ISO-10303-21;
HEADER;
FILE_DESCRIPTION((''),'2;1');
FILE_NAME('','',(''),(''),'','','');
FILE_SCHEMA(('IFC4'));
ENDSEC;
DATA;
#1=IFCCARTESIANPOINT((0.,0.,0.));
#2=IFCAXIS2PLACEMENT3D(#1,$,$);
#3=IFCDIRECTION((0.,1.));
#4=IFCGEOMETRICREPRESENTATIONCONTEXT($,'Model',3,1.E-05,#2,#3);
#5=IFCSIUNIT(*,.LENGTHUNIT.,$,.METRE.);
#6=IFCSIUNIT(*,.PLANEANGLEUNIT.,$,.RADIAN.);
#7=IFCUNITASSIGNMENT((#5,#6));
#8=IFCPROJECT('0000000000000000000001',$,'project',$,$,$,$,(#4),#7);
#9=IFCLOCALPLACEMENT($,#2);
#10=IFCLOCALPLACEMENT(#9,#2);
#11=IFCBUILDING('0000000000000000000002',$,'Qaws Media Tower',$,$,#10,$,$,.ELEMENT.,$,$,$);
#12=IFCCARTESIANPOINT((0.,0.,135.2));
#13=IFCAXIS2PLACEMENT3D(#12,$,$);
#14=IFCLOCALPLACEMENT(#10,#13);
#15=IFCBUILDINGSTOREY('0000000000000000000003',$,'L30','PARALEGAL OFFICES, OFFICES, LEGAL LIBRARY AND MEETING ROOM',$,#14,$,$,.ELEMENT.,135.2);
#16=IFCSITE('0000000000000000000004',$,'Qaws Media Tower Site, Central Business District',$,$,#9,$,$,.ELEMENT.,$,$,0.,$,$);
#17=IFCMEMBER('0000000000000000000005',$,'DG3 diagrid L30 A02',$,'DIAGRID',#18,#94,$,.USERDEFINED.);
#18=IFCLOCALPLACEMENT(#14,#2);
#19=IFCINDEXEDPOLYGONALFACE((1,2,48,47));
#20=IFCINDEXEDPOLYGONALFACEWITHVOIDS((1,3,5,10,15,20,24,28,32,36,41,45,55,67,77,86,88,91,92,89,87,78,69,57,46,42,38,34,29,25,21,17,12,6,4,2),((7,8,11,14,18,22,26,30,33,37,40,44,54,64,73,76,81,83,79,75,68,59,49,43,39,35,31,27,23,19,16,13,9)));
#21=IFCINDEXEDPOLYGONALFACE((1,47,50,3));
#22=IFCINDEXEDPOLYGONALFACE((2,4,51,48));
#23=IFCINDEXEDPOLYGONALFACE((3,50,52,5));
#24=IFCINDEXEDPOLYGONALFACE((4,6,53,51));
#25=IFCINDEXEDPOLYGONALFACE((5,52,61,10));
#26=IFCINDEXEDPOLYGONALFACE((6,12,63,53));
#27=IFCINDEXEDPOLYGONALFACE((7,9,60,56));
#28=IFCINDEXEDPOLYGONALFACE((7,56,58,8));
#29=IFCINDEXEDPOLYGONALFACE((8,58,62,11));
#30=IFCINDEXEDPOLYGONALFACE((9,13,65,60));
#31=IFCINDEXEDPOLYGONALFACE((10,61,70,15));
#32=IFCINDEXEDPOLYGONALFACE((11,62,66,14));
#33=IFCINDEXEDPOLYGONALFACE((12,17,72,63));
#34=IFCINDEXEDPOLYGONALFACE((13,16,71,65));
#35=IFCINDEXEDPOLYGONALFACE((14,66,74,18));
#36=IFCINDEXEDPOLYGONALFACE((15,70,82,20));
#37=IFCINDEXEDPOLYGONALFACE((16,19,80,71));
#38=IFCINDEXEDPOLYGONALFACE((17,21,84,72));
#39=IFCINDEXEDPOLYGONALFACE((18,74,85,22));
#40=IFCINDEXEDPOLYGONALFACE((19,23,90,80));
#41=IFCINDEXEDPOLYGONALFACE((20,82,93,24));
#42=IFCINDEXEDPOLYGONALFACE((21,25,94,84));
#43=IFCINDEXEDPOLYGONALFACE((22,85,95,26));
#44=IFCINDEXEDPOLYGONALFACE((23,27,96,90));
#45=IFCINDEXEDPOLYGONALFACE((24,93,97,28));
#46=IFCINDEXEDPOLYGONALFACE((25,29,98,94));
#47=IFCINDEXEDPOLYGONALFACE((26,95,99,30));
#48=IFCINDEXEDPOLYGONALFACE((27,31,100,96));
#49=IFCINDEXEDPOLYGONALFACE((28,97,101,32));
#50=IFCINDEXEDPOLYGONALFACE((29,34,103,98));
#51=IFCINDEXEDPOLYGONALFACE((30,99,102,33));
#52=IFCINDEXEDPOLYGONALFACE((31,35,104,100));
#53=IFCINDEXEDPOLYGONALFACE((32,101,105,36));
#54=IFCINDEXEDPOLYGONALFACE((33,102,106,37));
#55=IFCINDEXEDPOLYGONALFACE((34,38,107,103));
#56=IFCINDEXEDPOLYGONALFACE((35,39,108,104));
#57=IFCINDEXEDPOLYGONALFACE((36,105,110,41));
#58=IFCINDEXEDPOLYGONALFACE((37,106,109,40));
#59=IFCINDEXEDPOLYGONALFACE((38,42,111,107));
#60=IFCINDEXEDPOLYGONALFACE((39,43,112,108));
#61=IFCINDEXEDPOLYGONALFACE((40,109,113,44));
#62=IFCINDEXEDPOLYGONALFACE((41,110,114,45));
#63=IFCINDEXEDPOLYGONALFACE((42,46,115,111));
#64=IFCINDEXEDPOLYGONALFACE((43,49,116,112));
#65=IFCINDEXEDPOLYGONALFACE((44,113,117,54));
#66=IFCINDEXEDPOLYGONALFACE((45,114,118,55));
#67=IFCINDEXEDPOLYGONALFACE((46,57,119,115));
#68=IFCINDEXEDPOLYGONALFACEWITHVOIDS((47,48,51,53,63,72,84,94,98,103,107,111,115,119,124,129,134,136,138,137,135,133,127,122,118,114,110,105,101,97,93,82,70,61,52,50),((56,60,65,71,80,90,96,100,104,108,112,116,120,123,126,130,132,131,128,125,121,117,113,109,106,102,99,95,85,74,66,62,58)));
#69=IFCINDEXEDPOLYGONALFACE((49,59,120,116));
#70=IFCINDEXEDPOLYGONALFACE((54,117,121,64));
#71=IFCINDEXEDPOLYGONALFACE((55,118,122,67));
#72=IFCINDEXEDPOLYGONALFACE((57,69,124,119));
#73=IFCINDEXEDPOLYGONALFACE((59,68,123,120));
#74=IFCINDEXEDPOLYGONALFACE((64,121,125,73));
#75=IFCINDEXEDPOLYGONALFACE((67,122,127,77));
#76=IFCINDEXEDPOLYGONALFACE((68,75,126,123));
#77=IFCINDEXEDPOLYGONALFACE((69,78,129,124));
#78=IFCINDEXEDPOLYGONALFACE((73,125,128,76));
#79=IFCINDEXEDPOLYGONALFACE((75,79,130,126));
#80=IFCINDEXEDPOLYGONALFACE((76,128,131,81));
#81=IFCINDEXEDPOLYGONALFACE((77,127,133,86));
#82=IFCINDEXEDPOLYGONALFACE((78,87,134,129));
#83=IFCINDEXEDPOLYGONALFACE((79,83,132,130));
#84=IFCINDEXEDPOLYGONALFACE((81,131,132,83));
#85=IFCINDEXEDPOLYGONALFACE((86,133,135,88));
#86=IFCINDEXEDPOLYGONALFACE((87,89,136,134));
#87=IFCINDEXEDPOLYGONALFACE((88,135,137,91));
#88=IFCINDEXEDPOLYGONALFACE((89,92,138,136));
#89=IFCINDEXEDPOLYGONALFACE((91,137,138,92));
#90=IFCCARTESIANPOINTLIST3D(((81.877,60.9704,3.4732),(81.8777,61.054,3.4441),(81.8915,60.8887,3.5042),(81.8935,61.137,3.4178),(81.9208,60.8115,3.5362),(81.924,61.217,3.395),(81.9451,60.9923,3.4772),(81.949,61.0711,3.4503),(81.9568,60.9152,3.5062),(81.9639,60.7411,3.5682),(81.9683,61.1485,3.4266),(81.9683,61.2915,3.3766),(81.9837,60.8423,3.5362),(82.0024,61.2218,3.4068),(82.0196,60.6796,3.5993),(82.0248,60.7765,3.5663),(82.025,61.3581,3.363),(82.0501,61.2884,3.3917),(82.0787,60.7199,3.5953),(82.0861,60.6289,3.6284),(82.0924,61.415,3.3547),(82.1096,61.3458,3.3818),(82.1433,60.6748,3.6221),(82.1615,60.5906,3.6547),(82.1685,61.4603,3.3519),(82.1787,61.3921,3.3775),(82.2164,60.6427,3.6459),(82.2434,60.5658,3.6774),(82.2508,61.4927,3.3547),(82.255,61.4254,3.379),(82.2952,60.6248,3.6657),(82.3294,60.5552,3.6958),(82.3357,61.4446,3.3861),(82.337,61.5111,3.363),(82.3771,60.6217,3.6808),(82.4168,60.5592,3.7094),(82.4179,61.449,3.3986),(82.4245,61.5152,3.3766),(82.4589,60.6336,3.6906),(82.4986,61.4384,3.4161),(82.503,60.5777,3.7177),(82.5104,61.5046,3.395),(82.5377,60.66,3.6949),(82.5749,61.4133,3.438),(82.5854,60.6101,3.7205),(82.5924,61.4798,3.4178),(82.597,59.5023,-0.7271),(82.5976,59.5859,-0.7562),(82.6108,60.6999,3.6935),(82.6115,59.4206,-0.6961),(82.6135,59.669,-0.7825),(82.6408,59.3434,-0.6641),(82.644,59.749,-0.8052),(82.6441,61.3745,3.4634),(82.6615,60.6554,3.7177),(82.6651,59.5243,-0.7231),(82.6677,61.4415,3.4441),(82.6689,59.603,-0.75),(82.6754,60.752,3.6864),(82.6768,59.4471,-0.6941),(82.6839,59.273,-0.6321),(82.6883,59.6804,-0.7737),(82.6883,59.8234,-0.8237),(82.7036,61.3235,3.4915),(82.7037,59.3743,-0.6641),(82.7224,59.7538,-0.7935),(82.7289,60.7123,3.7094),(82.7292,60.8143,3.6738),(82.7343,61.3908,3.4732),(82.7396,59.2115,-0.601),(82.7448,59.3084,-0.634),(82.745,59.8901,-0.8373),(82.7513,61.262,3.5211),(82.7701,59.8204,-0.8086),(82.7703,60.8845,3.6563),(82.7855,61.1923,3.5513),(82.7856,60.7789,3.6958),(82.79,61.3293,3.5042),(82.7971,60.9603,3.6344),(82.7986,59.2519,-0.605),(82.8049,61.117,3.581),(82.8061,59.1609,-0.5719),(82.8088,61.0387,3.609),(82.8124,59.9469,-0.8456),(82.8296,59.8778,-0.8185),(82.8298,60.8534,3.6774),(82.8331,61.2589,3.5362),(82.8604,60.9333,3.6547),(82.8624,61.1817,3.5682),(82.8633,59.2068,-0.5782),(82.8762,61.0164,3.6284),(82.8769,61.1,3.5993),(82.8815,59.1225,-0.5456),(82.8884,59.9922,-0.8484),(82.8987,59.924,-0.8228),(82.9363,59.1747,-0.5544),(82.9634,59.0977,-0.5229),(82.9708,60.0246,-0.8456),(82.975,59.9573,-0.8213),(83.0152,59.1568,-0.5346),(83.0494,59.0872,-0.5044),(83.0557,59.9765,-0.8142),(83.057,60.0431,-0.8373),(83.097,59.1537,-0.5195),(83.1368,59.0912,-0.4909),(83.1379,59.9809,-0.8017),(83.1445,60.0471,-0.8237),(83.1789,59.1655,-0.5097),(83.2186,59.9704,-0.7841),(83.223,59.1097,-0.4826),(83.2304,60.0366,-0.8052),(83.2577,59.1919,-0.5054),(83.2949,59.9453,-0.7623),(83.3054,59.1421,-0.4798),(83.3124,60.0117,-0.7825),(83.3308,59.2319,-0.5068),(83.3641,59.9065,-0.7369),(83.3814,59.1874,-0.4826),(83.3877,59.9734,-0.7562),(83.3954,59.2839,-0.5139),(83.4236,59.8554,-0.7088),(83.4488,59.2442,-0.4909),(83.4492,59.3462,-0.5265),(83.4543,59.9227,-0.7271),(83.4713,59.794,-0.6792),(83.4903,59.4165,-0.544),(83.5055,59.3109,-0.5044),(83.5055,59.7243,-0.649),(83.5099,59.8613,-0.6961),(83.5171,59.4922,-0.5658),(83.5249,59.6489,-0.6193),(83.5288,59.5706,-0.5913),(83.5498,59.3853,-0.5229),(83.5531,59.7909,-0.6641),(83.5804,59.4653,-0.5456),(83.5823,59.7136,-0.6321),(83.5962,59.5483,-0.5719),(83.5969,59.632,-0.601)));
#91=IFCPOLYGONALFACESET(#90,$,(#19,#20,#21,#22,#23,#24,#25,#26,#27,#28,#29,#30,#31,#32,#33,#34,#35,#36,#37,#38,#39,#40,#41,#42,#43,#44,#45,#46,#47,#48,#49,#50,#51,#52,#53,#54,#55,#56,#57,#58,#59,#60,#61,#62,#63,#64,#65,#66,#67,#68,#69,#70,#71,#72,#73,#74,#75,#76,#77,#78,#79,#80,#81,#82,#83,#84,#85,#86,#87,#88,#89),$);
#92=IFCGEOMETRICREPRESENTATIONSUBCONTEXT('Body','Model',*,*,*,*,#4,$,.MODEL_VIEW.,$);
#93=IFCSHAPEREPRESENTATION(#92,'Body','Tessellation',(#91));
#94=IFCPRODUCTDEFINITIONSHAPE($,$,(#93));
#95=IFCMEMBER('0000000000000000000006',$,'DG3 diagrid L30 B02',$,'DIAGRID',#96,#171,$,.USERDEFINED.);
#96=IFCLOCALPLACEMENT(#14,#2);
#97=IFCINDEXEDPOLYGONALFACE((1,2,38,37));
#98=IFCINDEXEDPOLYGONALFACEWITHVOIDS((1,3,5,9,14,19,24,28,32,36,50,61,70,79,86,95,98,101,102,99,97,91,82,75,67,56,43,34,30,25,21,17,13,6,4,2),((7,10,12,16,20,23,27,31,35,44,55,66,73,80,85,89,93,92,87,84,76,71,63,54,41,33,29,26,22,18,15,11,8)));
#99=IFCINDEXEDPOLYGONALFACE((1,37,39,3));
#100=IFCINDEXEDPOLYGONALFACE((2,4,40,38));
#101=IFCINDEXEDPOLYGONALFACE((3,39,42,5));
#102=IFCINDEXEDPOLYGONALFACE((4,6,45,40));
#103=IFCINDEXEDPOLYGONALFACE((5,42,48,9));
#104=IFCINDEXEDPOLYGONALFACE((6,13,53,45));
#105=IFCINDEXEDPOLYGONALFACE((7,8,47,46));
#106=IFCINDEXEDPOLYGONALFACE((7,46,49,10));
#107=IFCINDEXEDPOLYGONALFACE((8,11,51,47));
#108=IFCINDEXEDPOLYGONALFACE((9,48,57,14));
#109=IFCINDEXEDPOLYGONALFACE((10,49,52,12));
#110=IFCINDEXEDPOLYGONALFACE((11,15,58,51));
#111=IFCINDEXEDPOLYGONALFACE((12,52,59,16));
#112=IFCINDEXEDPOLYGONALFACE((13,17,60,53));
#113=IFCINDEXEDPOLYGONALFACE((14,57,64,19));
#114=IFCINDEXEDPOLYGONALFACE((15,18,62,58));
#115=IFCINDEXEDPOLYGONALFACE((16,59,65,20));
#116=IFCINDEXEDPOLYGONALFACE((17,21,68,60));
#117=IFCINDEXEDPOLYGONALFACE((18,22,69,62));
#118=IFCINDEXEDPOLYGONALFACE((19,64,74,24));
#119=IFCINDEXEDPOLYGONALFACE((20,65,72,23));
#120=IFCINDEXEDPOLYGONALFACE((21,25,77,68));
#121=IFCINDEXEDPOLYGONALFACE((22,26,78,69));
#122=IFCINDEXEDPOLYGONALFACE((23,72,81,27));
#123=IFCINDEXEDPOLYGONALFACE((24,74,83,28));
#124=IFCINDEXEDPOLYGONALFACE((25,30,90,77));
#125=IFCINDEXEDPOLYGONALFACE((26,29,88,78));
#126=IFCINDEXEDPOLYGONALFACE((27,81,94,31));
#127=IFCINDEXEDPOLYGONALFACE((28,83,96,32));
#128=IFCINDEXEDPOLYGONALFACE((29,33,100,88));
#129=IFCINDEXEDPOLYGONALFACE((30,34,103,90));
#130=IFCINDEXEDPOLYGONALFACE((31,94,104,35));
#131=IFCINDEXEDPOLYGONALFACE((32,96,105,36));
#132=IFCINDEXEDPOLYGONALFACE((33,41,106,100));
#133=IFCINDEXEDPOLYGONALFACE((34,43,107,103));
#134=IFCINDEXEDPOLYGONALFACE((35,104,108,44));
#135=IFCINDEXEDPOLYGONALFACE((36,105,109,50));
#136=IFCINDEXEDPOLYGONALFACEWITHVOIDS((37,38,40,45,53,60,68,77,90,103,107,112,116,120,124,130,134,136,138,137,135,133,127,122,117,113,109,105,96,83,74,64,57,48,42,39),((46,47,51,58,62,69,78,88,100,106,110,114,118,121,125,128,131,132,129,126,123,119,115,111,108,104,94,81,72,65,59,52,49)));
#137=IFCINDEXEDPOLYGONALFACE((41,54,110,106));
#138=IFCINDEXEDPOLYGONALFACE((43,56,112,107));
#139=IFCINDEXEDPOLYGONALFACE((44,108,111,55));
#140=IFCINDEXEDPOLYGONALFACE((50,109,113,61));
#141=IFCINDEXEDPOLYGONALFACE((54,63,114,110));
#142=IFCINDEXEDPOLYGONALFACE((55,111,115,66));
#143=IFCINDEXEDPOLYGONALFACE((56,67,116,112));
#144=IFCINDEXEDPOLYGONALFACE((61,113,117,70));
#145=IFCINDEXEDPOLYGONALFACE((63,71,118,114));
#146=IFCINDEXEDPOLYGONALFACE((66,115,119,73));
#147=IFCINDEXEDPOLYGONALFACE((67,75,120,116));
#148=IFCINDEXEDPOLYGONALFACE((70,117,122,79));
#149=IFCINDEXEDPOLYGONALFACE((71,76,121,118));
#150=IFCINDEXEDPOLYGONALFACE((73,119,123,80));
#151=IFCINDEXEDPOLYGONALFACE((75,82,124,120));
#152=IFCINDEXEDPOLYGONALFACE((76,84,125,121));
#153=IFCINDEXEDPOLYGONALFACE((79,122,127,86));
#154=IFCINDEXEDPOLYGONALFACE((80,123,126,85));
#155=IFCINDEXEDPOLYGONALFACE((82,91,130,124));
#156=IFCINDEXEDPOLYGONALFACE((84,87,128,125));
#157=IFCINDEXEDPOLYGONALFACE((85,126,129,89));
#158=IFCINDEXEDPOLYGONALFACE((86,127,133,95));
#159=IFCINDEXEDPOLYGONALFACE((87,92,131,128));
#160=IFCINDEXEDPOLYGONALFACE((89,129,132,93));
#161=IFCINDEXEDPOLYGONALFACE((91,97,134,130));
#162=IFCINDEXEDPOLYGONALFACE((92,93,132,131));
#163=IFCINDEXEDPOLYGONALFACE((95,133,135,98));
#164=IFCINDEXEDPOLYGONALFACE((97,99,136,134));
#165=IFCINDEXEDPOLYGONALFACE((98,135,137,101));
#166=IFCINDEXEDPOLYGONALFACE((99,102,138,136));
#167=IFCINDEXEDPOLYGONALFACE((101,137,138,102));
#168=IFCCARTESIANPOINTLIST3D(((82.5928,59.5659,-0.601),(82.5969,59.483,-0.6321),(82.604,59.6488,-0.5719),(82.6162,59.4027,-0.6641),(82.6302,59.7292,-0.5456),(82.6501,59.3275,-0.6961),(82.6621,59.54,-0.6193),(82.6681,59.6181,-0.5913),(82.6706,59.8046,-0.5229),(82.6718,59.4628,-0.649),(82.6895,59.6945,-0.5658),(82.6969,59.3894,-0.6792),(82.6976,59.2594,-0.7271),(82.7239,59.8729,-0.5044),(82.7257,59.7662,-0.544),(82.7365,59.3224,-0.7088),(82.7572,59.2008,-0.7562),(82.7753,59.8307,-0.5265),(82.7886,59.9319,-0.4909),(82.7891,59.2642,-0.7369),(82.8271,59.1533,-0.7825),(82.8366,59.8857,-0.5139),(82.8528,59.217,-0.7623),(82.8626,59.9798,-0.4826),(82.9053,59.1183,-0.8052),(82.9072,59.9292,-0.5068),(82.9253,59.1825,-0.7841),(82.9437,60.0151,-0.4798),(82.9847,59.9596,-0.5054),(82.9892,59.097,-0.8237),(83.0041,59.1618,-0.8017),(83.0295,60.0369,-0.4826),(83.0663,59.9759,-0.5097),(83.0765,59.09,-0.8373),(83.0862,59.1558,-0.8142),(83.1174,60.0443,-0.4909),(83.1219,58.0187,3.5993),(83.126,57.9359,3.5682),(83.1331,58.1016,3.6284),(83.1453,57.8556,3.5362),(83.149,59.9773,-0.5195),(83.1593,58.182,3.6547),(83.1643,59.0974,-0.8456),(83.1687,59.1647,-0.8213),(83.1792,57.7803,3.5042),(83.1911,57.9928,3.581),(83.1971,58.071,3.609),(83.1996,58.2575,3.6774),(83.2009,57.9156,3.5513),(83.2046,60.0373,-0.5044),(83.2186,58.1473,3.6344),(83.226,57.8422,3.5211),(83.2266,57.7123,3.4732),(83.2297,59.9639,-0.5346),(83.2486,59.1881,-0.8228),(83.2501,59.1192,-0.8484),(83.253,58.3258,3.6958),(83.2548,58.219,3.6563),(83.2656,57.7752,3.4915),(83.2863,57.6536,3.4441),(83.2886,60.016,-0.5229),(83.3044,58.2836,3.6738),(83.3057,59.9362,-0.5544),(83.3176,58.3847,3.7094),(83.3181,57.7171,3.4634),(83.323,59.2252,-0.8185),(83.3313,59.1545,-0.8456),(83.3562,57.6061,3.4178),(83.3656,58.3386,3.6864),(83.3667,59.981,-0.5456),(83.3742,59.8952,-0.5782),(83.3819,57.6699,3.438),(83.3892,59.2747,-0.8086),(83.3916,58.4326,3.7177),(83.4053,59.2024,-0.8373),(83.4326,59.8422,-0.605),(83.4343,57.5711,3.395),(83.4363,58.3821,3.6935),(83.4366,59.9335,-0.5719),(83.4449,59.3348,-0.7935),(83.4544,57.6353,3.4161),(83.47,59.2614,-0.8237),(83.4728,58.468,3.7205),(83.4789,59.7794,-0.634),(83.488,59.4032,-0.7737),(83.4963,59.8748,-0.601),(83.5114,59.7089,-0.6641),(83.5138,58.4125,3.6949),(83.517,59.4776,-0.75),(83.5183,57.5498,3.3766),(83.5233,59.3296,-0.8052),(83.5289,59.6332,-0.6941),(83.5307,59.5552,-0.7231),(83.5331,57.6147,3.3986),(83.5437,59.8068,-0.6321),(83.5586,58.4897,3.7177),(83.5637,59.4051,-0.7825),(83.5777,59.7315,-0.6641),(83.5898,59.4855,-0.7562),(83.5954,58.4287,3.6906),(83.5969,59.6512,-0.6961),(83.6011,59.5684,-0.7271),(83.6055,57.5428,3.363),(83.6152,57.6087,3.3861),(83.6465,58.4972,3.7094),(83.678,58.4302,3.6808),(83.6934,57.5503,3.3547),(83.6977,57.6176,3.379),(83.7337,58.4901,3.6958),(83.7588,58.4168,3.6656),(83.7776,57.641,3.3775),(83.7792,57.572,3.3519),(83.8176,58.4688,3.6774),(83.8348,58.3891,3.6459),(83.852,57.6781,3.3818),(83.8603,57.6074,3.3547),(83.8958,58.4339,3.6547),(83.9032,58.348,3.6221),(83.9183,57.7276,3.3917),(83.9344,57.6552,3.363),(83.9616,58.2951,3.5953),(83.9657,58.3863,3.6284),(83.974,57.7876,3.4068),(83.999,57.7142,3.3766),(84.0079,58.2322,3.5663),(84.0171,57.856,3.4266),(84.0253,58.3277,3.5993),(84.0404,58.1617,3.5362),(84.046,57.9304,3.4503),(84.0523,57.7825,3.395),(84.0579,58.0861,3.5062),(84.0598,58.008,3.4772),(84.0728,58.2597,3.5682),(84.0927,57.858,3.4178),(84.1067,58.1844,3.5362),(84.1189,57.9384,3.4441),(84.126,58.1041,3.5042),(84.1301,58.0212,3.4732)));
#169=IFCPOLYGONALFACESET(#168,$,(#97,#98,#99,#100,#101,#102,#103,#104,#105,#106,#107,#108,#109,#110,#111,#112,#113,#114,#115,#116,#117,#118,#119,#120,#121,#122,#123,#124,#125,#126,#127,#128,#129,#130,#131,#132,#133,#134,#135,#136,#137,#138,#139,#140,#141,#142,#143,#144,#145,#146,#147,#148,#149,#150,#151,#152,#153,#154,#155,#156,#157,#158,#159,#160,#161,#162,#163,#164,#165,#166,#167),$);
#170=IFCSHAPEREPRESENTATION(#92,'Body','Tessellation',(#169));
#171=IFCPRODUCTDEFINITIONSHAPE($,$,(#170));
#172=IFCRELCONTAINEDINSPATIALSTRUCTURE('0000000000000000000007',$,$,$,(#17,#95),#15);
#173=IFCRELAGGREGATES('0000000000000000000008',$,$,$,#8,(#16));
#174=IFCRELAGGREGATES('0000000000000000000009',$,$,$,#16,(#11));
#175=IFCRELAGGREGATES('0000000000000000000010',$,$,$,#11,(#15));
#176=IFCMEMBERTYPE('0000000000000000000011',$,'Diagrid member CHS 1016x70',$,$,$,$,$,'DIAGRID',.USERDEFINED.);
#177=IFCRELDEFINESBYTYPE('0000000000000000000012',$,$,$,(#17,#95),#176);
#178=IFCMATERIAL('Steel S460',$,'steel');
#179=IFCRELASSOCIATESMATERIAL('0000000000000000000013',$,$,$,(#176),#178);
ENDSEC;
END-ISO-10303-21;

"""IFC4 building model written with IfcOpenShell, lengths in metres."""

from ifc_helpers import new_model, si_unit, direction, frame, origin, origin_2d, place, context, subcontext, project, spatial, hollow_circle, extrude, material, material_profile, profile_set, type_object, element, save


model = new_model("IFC4")

# Units and contexts
model_context = context("Model", 3, precision=1e-05, world=origin(), true_north=direction((0.0, 1.0)))
body_context = subcontext(model_context, "Body", "Model", "MODEL_VIEW")
ifc_project = project(units=[si_unit("LENGTHUNIT", "METRE"), si_unit("PLANEANGLEUNIT", "RADIAN")], contexts=[model_context])

# Site, building, storey
site_placement = place(None, origin())
site = spatial("IfcSite", under=ifc_project, at=site_placement, Name="Qaws Media Tower Site, Central Business District", CompositionType="ELEMENT", RefElevation=0.0)
building_placement = place(site_placement, origin())
building = spatial("IfcBuilding", under=site, at=building_placement, Name="Qaws Media Tower", CompositionType="ELEMENT")
storey_placement = place(building_placement, frame((0.0, 0.0, 135.2)))
storey = spatial("IfcBuildingStorey", under=building, at=storey_placement, Name="L30", Description="PARALEGAL OFFICES, OFFICES, LEGAL LIBRARY AND MEETING ROOM", CompositionType="ELEMENT", Elevation=135.2)

# Members
ifc_material_1 = material(Name="Steel S460", Category="steel")
ifc_material_profile_1 = material_profile(ifc_material_1, hollow_circle(Radius=0.5081, WallThickness=0.0701, at=origin_2d()), Name="CHS 1016x70")
ifc_profile_set_1 = profile_set([ifc_material_profile_1], Name="Steel S460")
member_type_1 = type_object("IfcMemberType", Name="Diagrid member CHS 1016x70", ElementType="DIAGRID", PredefinedType="USERDEFINED", material=ifc_profile_set_1)
for number, where, z_axis, x_axis, name in (
    (1, (83.0969, 59.5671, -0.6641), (-0.159737, 0.325703, 0.931881), (-0.897835, -0.440332, 0.0), "DG3 diagrid L30 A02"),
    (2, (83.0969, 59.5671, -0.6641), (0.117379, -0.343253, 0.93188), (0.946206, 0.323565, 0.0), "DG3 diagrid L30 B02"),
):
    element("IfcMember", number, at=place(storey_placement, frame(where, z_axis=z_axis, x_axis=x_axis)), inside=storey, type_object=member_type_1, Name=name, ObjectType="DIAGRID", PredefinedType="USERDEFINED", context=body_context, shape_type="SweptSolid", body=[
        extrude(hollow_circle(Radius=0.5081, WallThickness=0.0701, at=origin_2d()), origin(), (0.0, 0.0, 1.0), 4.5073),
    ])

save(model, "model.ifc")
